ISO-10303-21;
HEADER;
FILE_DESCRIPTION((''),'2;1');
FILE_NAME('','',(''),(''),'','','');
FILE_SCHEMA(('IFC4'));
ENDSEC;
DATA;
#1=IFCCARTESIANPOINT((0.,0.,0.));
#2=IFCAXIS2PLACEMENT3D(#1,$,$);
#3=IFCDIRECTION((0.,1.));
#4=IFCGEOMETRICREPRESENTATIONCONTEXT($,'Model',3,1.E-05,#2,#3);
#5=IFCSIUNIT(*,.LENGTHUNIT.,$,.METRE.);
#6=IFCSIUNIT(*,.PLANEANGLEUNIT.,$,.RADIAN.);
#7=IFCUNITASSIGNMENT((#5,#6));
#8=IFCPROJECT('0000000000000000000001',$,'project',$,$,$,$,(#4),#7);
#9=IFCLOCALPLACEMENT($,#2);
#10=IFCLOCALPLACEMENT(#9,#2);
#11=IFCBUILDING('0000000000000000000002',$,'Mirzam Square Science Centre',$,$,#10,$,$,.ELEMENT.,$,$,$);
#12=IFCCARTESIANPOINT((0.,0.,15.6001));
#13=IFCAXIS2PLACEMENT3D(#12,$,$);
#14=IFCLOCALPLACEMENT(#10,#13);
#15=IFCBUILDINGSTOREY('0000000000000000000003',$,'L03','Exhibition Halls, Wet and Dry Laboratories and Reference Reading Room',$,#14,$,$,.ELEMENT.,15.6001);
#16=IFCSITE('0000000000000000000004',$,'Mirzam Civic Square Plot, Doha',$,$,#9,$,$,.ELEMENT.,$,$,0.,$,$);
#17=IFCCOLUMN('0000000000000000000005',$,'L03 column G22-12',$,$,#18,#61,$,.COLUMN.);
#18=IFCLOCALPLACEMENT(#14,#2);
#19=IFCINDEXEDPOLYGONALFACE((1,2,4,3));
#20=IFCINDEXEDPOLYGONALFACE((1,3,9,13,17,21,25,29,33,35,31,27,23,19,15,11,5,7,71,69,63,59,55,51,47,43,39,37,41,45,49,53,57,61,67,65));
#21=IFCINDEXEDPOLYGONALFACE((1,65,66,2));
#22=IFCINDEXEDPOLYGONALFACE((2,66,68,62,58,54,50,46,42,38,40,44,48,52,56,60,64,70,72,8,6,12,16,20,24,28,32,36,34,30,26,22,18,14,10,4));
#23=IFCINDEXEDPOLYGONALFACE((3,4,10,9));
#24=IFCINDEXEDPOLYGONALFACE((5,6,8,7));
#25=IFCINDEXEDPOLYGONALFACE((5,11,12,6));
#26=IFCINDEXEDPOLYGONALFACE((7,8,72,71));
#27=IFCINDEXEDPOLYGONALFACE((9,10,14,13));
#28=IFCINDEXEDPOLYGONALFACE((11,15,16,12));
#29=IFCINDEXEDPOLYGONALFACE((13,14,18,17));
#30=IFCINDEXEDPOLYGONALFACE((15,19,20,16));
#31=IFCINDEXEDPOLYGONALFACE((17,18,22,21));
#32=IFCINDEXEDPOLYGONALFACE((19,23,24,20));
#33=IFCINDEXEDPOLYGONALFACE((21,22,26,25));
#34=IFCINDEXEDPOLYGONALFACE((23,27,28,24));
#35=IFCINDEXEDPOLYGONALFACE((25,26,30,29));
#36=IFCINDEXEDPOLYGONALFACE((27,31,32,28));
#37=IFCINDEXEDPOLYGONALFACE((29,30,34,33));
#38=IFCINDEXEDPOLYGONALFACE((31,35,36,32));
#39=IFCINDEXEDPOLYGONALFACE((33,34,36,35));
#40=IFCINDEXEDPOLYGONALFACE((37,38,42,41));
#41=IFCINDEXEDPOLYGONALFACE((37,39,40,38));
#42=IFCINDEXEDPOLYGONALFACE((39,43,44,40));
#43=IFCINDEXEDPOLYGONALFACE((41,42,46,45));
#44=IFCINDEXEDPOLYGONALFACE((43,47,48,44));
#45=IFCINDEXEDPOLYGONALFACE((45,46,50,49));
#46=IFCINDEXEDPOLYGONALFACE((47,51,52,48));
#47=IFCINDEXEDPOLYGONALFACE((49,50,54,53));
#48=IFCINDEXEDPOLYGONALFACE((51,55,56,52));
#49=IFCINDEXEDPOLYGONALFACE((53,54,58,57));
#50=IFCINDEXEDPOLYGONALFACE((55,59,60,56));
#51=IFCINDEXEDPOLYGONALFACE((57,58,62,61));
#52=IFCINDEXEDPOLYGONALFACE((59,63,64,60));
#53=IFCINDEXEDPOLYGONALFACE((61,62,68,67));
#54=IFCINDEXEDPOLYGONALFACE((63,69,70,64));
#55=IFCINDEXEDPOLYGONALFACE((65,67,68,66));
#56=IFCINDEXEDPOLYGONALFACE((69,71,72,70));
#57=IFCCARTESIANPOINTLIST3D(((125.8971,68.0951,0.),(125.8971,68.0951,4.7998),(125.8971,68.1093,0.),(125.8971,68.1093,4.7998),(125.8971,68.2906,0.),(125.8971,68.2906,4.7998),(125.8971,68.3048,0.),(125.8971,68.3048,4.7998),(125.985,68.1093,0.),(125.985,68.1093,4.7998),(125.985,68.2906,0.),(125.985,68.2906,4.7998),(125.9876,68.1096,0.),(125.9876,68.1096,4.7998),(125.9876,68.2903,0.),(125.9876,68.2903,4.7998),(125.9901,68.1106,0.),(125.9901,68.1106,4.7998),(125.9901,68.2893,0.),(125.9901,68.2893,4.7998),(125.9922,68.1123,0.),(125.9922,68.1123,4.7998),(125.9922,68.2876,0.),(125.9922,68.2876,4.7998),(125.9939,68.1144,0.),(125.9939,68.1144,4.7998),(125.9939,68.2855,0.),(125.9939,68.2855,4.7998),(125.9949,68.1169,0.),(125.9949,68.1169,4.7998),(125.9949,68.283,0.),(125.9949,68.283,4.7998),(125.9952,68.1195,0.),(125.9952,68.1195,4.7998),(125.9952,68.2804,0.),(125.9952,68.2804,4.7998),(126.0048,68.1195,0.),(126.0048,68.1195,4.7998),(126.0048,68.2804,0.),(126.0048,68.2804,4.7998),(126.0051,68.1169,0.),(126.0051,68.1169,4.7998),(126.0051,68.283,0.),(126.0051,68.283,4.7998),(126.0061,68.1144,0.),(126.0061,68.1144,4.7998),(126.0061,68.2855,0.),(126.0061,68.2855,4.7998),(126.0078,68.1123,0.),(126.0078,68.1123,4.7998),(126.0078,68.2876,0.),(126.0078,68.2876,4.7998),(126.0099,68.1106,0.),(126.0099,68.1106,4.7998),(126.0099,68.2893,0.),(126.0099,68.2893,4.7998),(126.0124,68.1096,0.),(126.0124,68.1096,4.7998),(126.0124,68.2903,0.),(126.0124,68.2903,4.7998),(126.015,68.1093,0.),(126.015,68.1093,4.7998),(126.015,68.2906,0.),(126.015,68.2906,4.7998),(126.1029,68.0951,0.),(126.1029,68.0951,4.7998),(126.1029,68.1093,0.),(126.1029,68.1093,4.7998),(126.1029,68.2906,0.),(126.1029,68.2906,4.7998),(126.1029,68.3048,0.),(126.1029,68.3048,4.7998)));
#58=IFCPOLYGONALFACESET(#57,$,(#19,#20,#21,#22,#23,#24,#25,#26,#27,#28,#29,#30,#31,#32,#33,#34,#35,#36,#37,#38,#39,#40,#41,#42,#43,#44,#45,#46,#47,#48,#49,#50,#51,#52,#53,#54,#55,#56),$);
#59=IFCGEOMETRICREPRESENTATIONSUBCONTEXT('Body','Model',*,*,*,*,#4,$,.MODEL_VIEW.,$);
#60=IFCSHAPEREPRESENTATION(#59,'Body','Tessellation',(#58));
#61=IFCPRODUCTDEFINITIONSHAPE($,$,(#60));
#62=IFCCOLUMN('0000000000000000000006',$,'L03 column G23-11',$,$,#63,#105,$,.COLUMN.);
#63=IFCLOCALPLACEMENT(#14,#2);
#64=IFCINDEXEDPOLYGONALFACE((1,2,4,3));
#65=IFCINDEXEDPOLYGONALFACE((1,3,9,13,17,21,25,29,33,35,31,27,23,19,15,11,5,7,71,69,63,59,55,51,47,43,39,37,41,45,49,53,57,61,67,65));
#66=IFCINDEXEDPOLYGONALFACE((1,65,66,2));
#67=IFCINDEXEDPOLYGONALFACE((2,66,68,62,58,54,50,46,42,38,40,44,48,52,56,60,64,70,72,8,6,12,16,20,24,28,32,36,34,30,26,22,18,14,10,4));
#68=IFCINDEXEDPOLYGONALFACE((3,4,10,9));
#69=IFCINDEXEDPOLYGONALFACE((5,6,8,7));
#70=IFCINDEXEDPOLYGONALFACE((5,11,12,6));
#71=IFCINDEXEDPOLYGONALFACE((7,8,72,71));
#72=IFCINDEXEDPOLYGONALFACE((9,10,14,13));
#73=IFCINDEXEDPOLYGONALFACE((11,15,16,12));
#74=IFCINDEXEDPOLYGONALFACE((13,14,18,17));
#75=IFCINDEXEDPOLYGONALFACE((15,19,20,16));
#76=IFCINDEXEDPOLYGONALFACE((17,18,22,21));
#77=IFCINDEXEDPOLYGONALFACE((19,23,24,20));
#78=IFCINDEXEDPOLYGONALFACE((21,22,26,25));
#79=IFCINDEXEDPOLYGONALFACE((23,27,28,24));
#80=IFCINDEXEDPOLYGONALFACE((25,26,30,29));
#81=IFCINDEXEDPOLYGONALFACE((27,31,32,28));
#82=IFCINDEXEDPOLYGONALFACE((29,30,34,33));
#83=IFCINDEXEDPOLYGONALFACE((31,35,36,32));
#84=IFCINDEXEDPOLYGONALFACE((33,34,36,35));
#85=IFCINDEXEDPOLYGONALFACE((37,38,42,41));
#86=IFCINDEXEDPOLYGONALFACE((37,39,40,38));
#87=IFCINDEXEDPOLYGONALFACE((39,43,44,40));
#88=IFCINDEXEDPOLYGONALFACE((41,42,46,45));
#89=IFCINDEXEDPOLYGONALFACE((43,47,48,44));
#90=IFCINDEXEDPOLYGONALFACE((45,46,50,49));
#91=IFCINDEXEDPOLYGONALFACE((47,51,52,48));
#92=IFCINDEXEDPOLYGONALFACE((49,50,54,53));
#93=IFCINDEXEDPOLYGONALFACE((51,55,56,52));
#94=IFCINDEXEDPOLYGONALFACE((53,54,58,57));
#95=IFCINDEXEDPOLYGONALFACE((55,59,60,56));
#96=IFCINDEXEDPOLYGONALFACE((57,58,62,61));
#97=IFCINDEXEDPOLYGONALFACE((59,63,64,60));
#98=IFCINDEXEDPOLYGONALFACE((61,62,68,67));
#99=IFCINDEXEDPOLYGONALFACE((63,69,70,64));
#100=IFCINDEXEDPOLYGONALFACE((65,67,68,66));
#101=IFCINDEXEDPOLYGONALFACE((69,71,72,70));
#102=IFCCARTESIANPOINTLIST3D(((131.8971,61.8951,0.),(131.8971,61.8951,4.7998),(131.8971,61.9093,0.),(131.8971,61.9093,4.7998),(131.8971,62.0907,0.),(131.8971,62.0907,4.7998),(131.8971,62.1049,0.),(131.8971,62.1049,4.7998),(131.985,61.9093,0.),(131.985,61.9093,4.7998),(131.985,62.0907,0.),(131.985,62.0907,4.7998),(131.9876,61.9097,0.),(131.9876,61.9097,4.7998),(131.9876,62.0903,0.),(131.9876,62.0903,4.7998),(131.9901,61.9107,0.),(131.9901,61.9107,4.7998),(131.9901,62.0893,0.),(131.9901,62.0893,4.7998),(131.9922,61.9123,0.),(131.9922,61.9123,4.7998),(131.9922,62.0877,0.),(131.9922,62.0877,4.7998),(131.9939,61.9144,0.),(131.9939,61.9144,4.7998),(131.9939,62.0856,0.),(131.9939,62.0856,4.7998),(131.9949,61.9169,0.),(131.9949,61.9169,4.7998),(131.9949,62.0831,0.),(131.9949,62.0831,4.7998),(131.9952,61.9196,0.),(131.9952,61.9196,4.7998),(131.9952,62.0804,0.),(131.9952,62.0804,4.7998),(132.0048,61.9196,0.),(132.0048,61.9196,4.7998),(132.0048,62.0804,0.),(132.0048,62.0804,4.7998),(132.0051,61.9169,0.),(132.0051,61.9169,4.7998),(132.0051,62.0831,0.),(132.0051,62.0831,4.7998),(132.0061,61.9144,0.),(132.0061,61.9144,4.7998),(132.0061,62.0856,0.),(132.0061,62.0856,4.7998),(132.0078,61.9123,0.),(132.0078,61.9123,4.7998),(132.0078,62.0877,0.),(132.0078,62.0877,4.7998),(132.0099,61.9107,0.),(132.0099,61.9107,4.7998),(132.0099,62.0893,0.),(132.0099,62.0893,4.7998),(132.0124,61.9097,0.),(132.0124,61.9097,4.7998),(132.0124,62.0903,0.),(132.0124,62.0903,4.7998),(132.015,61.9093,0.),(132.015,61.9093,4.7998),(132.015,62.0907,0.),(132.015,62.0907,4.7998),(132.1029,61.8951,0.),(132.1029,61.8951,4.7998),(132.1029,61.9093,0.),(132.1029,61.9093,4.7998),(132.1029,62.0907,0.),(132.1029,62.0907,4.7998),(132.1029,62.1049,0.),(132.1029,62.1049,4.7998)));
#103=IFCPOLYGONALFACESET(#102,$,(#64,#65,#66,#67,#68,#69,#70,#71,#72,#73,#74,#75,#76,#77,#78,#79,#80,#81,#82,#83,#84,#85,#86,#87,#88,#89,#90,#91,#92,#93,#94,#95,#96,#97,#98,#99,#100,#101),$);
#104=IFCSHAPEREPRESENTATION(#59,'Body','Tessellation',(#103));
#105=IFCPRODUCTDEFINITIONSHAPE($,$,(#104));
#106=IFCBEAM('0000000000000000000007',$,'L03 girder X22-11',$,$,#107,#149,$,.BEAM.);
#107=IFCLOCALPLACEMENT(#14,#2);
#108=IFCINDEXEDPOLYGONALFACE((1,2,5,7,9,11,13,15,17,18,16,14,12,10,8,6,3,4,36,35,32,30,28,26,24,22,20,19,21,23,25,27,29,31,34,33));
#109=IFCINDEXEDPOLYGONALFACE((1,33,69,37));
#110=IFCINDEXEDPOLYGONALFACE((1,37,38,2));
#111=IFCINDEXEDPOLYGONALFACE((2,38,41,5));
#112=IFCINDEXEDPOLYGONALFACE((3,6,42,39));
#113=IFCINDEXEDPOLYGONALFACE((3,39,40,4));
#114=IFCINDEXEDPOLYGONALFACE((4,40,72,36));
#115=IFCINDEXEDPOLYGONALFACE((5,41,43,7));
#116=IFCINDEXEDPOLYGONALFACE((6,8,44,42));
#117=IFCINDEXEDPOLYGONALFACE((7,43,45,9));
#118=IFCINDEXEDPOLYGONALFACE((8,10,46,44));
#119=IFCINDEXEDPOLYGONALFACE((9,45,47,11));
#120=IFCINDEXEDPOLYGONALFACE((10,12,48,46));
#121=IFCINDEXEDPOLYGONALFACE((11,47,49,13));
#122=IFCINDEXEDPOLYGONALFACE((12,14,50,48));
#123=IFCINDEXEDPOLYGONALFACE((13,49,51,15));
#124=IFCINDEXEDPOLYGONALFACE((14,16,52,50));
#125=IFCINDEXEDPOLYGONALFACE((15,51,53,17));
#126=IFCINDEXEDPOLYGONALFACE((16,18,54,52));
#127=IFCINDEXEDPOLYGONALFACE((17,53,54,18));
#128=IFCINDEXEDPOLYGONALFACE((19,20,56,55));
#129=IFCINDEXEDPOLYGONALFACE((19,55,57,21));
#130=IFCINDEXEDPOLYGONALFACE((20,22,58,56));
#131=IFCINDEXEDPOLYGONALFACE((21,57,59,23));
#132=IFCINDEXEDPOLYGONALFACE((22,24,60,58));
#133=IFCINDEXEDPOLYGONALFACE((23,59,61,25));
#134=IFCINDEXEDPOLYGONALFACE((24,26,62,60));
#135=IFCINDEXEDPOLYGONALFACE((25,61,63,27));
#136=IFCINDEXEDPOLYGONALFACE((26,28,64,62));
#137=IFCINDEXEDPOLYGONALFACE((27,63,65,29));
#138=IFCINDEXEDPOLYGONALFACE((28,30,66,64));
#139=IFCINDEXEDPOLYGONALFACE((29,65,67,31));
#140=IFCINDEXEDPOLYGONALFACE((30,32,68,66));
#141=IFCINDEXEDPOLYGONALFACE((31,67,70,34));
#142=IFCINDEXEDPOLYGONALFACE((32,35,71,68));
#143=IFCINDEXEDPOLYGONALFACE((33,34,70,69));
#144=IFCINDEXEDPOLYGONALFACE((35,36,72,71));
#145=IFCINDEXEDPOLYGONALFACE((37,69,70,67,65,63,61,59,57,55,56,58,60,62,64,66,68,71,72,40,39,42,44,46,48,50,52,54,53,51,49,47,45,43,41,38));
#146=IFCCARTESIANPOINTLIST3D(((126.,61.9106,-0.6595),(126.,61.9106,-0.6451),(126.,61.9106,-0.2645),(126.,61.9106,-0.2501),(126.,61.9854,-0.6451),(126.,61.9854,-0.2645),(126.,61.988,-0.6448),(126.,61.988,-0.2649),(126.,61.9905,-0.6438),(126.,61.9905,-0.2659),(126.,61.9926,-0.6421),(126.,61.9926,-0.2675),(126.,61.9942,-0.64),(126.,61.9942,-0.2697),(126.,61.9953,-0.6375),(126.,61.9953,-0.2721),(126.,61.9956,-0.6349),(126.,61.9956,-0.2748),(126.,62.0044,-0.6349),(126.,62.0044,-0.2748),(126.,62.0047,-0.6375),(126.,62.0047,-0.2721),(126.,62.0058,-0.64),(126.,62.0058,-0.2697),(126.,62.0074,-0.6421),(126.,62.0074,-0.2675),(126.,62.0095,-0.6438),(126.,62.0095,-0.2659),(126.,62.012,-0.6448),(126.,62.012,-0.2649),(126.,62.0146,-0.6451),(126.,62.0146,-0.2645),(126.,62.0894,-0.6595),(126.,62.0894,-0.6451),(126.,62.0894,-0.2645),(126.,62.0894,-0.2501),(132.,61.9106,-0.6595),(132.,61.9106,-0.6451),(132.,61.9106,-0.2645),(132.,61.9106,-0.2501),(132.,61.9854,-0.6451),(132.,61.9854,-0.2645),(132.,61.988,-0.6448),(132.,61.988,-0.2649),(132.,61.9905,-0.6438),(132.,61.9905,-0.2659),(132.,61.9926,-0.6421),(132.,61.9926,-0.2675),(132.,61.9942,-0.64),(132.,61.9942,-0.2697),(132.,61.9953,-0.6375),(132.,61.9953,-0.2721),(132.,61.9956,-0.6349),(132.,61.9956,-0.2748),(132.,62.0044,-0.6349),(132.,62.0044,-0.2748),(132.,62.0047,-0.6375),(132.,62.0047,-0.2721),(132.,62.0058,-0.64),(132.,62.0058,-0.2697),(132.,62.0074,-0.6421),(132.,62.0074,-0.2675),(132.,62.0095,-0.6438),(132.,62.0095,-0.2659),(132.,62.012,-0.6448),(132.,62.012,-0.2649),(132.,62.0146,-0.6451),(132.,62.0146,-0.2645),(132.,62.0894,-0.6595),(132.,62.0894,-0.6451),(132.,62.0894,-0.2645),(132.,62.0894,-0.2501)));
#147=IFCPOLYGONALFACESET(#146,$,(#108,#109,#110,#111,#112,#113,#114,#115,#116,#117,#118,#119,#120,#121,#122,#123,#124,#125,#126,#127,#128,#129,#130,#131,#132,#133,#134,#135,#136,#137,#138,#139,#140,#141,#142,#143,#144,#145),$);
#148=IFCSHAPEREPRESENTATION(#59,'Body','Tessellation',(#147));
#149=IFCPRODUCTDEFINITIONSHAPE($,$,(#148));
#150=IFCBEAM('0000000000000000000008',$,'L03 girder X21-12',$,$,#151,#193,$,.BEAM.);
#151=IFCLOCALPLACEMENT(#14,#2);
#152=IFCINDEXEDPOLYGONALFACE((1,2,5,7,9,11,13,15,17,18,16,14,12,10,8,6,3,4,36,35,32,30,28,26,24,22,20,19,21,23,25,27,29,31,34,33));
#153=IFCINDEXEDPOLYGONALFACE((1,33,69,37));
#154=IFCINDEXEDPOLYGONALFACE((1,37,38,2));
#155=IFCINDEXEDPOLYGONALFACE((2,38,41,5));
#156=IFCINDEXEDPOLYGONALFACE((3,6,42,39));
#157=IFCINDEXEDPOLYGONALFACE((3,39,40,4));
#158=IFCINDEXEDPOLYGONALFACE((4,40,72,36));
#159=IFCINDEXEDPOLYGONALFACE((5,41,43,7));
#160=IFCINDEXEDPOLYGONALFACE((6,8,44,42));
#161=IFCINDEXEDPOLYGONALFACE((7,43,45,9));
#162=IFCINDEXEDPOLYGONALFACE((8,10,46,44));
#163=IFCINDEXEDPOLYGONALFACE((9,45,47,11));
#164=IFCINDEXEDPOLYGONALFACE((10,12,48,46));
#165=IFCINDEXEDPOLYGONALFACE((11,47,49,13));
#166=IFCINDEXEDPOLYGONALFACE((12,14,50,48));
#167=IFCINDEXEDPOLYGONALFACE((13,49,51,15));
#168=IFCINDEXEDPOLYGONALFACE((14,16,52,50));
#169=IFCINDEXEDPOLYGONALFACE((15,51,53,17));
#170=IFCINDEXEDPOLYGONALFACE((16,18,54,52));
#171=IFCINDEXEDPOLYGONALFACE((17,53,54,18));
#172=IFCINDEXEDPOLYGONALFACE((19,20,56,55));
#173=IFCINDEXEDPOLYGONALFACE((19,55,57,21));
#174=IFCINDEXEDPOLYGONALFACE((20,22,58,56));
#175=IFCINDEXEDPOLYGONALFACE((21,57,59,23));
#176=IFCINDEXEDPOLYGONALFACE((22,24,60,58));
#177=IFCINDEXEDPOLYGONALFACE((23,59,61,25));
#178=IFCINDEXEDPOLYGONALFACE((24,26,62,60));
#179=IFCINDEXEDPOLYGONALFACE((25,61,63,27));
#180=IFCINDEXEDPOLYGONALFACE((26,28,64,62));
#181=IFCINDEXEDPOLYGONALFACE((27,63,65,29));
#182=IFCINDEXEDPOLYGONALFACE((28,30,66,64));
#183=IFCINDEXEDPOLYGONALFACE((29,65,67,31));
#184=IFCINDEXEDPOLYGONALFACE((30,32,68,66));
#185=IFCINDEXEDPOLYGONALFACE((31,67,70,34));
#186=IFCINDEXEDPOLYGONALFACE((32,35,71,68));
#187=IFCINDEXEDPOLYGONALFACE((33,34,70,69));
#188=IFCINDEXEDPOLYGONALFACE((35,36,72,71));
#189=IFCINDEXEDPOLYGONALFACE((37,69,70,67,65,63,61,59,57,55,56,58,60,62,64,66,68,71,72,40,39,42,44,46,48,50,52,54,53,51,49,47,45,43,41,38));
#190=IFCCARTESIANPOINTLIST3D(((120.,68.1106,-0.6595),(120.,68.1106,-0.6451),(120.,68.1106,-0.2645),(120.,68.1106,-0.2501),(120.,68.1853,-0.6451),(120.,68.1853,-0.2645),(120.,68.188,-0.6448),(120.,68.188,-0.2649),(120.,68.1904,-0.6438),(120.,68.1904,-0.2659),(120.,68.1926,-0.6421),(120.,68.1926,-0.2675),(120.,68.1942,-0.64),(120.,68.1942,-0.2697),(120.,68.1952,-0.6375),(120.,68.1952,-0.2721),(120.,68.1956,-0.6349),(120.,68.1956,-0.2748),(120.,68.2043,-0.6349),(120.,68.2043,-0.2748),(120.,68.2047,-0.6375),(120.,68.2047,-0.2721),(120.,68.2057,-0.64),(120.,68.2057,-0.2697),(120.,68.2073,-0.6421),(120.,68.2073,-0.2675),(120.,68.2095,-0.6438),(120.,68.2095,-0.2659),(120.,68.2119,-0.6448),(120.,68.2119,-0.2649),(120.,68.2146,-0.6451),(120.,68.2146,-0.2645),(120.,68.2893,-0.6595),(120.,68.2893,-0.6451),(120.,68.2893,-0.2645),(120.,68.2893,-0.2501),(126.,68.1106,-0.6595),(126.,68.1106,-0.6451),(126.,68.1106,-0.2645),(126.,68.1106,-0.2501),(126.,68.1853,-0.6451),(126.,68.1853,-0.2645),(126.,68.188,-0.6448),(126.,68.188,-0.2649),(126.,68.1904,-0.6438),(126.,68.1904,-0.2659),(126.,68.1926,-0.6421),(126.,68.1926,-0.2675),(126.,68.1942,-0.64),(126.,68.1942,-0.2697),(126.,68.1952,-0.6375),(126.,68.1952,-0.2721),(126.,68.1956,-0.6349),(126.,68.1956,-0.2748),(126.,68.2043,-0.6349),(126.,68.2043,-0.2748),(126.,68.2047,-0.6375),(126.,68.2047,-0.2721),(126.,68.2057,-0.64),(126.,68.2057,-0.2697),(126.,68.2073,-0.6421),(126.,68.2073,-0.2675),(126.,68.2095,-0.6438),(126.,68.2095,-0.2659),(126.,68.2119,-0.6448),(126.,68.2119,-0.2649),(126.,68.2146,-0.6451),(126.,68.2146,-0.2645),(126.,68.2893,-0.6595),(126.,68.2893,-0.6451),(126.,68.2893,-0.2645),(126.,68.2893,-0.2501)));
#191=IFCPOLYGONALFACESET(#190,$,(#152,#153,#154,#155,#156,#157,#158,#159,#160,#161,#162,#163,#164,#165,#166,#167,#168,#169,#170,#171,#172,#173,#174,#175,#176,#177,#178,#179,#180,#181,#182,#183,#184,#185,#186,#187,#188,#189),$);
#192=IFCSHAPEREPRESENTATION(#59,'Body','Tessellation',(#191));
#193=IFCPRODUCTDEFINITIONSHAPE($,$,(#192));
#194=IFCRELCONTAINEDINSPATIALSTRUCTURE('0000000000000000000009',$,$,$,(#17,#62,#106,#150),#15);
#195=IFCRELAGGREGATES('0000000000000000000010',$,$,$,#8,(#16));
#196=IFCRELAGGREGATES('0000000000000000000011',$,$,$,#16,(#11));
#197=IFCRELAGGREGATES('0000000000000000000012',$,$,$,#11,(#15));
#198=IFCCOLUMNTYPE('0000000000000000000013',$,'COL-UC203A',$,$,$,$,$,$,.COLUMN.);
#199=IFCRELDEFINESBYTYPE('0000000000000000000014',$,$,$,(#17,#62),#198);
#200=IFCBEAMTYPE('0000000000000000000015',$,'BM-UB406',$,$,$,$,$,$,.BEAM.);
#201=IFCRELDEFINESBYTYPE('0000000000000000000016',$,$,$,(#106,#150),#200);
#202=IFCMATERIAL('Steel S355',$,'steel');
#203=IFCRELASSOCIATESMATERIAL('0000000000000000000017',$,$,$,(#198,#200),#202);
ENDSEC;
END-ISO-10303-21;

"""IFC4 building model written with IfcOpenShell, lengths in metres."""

from ifc_helpers import new_model, si_unit, direction, frame, origin, origin_2d, place, context, subcontext, project, spatial, i_section, extrude, material, material_profile, profile_set, type_object, element, save


model = new_model("IFC4")

# Units and contexts
model_context = context("Model", 3, precision=1e-05, world=origin(), true_north=direction((0.0, 1.0)))
body_context = subcontext(model_context, "Body", "Model", "MODEL_VIEW")
ifc_project = project(units=[si_unit("LENGTHUNIT", "METRE"), si_unit("PLANEANGLEUNIT", "RADIAN")], contexts=[model_context])

# Site, building, storey
site_placement = place(None, origin())
site = spatial("IfcSite", under=ifc_project, at=site_placement, Name="Mirzam Civic Square Plot, Doha", CompositionType="ELEMENT", RefElevation=0.0)
building_placement = place(site_placement, origin())
building = spatial("IfcBuilding", under=site, at=building_placement, Name="Mirzam Square Science Centre", CompositionType="ELEMENT")
storey_placement = place(building_placement, frame((0.0, 0.0, 15.6001)))
storey = spatial("IfcBuildingStorey", under=building, at=storey_placement, Name="L03", Description="Exhibition Halls, Wet and Dry Laboratories and Reference Reading Room", CompositionType="ELEMENT", Elevation=15.6001)

# Columns
ifc_material_1 = material(Name="Steel S355", Category="steel")
ifc_material_profile_1 = material_profile(ifc_material_1, i_section(OverallWidth=0.2058, OverallDepth=0.2097, WebThickness=0.0095, FlangeThickness=0.0142, FilletRadius=0.0103, at=origin_2d()), Name="203x203x60UC")
ifc_profile_set_1 = profile_set([ifc_material_profile_1], Name="Steel S355")
column_type_1 = type_object("IfcColumnType", Name="COL-UC203A", PredefinedType="COLUMN", material=ifc_profile_set_1)
for number, where, z_axis, x_axis, name in (
    (1, (126.0, 68.2, 0.0), (0.0, 0.0, 1.0), (1.0, 0.0, 0.0), "L03 column G22-12"),
    (2, (132.0, 62.0, 0.0), (0.0, 0.0, 1.0), (1.0, 0.0, 0.0), "L03 column G23-11"),
):
    element("IfcColumn", number, at=place(storey_placement, frame(where, z_axis=z_axis, x_axis=x_axis)), inside=storey, type_object=column_type_1, Name=name, PredefinedType="COLUMN", context=body_context, shape_type="SweptSolid", body=[
        extrude(i_section(OverallWidth=0.2058, OverallDepth=0.2097, WebThickness=0.0095, FlangeThickness=0.0142, FilletRadius=0.0103, at=origin_2d()), origin(), (0.0, 0.0, 1.0), 4.7998),
    ])

# Beams
ifc_material_profile_2 = material_profile(ifc_material_1, i_section(OverallWidth=0.1787, OverallDepth=0.4094, WebThickness=0.0088, FlangeThickness=0.0144, FilletRadius=0.0103, at=origin_2d()), Name="406x178x67UB")
ifc_profile_set_2 = profile_set([ifc_material_profile_2], Name="Steel S355")
beam_type_1 = type_object("IfcBeamType", Name="BM-UB406", PredefinedType="BEAM", material=ifc_profile_set_2)
for number, where, z_axis, x_axis, name in (
    (3, (126.0, 62.0, -0.4548), (1.0, 0.0, 0.0), (0.0, 1.0, 0.0), "L03 girder X22-11"),
    (4, (120.0, 68.2, -0.4548), (1.0, 0.0, 0.0), (0.0, 1.0, 0.0), "L03 girder X21-12"),
):
    element("IfcBeam", number, at=place(storey_placement, frame(where, z_axis=z_axis, x_axis=x_axis)), inside=storey, type_object=beam_type_1, Name=name, PredefinedType="BEAM", context=body_context, shape_type="SweptSolid", body=[
        extrude(i_section(OverallWidth=0.1787, OverallDepth=0.4094, WebThickness=0.0088, FlangeThickness=0.0144, FilletRadius=0.0103, at=origin_2d()), origin(), (0.0, 0.0, 1.0), 6.0),
    ])

save(model, "model.ifc")
